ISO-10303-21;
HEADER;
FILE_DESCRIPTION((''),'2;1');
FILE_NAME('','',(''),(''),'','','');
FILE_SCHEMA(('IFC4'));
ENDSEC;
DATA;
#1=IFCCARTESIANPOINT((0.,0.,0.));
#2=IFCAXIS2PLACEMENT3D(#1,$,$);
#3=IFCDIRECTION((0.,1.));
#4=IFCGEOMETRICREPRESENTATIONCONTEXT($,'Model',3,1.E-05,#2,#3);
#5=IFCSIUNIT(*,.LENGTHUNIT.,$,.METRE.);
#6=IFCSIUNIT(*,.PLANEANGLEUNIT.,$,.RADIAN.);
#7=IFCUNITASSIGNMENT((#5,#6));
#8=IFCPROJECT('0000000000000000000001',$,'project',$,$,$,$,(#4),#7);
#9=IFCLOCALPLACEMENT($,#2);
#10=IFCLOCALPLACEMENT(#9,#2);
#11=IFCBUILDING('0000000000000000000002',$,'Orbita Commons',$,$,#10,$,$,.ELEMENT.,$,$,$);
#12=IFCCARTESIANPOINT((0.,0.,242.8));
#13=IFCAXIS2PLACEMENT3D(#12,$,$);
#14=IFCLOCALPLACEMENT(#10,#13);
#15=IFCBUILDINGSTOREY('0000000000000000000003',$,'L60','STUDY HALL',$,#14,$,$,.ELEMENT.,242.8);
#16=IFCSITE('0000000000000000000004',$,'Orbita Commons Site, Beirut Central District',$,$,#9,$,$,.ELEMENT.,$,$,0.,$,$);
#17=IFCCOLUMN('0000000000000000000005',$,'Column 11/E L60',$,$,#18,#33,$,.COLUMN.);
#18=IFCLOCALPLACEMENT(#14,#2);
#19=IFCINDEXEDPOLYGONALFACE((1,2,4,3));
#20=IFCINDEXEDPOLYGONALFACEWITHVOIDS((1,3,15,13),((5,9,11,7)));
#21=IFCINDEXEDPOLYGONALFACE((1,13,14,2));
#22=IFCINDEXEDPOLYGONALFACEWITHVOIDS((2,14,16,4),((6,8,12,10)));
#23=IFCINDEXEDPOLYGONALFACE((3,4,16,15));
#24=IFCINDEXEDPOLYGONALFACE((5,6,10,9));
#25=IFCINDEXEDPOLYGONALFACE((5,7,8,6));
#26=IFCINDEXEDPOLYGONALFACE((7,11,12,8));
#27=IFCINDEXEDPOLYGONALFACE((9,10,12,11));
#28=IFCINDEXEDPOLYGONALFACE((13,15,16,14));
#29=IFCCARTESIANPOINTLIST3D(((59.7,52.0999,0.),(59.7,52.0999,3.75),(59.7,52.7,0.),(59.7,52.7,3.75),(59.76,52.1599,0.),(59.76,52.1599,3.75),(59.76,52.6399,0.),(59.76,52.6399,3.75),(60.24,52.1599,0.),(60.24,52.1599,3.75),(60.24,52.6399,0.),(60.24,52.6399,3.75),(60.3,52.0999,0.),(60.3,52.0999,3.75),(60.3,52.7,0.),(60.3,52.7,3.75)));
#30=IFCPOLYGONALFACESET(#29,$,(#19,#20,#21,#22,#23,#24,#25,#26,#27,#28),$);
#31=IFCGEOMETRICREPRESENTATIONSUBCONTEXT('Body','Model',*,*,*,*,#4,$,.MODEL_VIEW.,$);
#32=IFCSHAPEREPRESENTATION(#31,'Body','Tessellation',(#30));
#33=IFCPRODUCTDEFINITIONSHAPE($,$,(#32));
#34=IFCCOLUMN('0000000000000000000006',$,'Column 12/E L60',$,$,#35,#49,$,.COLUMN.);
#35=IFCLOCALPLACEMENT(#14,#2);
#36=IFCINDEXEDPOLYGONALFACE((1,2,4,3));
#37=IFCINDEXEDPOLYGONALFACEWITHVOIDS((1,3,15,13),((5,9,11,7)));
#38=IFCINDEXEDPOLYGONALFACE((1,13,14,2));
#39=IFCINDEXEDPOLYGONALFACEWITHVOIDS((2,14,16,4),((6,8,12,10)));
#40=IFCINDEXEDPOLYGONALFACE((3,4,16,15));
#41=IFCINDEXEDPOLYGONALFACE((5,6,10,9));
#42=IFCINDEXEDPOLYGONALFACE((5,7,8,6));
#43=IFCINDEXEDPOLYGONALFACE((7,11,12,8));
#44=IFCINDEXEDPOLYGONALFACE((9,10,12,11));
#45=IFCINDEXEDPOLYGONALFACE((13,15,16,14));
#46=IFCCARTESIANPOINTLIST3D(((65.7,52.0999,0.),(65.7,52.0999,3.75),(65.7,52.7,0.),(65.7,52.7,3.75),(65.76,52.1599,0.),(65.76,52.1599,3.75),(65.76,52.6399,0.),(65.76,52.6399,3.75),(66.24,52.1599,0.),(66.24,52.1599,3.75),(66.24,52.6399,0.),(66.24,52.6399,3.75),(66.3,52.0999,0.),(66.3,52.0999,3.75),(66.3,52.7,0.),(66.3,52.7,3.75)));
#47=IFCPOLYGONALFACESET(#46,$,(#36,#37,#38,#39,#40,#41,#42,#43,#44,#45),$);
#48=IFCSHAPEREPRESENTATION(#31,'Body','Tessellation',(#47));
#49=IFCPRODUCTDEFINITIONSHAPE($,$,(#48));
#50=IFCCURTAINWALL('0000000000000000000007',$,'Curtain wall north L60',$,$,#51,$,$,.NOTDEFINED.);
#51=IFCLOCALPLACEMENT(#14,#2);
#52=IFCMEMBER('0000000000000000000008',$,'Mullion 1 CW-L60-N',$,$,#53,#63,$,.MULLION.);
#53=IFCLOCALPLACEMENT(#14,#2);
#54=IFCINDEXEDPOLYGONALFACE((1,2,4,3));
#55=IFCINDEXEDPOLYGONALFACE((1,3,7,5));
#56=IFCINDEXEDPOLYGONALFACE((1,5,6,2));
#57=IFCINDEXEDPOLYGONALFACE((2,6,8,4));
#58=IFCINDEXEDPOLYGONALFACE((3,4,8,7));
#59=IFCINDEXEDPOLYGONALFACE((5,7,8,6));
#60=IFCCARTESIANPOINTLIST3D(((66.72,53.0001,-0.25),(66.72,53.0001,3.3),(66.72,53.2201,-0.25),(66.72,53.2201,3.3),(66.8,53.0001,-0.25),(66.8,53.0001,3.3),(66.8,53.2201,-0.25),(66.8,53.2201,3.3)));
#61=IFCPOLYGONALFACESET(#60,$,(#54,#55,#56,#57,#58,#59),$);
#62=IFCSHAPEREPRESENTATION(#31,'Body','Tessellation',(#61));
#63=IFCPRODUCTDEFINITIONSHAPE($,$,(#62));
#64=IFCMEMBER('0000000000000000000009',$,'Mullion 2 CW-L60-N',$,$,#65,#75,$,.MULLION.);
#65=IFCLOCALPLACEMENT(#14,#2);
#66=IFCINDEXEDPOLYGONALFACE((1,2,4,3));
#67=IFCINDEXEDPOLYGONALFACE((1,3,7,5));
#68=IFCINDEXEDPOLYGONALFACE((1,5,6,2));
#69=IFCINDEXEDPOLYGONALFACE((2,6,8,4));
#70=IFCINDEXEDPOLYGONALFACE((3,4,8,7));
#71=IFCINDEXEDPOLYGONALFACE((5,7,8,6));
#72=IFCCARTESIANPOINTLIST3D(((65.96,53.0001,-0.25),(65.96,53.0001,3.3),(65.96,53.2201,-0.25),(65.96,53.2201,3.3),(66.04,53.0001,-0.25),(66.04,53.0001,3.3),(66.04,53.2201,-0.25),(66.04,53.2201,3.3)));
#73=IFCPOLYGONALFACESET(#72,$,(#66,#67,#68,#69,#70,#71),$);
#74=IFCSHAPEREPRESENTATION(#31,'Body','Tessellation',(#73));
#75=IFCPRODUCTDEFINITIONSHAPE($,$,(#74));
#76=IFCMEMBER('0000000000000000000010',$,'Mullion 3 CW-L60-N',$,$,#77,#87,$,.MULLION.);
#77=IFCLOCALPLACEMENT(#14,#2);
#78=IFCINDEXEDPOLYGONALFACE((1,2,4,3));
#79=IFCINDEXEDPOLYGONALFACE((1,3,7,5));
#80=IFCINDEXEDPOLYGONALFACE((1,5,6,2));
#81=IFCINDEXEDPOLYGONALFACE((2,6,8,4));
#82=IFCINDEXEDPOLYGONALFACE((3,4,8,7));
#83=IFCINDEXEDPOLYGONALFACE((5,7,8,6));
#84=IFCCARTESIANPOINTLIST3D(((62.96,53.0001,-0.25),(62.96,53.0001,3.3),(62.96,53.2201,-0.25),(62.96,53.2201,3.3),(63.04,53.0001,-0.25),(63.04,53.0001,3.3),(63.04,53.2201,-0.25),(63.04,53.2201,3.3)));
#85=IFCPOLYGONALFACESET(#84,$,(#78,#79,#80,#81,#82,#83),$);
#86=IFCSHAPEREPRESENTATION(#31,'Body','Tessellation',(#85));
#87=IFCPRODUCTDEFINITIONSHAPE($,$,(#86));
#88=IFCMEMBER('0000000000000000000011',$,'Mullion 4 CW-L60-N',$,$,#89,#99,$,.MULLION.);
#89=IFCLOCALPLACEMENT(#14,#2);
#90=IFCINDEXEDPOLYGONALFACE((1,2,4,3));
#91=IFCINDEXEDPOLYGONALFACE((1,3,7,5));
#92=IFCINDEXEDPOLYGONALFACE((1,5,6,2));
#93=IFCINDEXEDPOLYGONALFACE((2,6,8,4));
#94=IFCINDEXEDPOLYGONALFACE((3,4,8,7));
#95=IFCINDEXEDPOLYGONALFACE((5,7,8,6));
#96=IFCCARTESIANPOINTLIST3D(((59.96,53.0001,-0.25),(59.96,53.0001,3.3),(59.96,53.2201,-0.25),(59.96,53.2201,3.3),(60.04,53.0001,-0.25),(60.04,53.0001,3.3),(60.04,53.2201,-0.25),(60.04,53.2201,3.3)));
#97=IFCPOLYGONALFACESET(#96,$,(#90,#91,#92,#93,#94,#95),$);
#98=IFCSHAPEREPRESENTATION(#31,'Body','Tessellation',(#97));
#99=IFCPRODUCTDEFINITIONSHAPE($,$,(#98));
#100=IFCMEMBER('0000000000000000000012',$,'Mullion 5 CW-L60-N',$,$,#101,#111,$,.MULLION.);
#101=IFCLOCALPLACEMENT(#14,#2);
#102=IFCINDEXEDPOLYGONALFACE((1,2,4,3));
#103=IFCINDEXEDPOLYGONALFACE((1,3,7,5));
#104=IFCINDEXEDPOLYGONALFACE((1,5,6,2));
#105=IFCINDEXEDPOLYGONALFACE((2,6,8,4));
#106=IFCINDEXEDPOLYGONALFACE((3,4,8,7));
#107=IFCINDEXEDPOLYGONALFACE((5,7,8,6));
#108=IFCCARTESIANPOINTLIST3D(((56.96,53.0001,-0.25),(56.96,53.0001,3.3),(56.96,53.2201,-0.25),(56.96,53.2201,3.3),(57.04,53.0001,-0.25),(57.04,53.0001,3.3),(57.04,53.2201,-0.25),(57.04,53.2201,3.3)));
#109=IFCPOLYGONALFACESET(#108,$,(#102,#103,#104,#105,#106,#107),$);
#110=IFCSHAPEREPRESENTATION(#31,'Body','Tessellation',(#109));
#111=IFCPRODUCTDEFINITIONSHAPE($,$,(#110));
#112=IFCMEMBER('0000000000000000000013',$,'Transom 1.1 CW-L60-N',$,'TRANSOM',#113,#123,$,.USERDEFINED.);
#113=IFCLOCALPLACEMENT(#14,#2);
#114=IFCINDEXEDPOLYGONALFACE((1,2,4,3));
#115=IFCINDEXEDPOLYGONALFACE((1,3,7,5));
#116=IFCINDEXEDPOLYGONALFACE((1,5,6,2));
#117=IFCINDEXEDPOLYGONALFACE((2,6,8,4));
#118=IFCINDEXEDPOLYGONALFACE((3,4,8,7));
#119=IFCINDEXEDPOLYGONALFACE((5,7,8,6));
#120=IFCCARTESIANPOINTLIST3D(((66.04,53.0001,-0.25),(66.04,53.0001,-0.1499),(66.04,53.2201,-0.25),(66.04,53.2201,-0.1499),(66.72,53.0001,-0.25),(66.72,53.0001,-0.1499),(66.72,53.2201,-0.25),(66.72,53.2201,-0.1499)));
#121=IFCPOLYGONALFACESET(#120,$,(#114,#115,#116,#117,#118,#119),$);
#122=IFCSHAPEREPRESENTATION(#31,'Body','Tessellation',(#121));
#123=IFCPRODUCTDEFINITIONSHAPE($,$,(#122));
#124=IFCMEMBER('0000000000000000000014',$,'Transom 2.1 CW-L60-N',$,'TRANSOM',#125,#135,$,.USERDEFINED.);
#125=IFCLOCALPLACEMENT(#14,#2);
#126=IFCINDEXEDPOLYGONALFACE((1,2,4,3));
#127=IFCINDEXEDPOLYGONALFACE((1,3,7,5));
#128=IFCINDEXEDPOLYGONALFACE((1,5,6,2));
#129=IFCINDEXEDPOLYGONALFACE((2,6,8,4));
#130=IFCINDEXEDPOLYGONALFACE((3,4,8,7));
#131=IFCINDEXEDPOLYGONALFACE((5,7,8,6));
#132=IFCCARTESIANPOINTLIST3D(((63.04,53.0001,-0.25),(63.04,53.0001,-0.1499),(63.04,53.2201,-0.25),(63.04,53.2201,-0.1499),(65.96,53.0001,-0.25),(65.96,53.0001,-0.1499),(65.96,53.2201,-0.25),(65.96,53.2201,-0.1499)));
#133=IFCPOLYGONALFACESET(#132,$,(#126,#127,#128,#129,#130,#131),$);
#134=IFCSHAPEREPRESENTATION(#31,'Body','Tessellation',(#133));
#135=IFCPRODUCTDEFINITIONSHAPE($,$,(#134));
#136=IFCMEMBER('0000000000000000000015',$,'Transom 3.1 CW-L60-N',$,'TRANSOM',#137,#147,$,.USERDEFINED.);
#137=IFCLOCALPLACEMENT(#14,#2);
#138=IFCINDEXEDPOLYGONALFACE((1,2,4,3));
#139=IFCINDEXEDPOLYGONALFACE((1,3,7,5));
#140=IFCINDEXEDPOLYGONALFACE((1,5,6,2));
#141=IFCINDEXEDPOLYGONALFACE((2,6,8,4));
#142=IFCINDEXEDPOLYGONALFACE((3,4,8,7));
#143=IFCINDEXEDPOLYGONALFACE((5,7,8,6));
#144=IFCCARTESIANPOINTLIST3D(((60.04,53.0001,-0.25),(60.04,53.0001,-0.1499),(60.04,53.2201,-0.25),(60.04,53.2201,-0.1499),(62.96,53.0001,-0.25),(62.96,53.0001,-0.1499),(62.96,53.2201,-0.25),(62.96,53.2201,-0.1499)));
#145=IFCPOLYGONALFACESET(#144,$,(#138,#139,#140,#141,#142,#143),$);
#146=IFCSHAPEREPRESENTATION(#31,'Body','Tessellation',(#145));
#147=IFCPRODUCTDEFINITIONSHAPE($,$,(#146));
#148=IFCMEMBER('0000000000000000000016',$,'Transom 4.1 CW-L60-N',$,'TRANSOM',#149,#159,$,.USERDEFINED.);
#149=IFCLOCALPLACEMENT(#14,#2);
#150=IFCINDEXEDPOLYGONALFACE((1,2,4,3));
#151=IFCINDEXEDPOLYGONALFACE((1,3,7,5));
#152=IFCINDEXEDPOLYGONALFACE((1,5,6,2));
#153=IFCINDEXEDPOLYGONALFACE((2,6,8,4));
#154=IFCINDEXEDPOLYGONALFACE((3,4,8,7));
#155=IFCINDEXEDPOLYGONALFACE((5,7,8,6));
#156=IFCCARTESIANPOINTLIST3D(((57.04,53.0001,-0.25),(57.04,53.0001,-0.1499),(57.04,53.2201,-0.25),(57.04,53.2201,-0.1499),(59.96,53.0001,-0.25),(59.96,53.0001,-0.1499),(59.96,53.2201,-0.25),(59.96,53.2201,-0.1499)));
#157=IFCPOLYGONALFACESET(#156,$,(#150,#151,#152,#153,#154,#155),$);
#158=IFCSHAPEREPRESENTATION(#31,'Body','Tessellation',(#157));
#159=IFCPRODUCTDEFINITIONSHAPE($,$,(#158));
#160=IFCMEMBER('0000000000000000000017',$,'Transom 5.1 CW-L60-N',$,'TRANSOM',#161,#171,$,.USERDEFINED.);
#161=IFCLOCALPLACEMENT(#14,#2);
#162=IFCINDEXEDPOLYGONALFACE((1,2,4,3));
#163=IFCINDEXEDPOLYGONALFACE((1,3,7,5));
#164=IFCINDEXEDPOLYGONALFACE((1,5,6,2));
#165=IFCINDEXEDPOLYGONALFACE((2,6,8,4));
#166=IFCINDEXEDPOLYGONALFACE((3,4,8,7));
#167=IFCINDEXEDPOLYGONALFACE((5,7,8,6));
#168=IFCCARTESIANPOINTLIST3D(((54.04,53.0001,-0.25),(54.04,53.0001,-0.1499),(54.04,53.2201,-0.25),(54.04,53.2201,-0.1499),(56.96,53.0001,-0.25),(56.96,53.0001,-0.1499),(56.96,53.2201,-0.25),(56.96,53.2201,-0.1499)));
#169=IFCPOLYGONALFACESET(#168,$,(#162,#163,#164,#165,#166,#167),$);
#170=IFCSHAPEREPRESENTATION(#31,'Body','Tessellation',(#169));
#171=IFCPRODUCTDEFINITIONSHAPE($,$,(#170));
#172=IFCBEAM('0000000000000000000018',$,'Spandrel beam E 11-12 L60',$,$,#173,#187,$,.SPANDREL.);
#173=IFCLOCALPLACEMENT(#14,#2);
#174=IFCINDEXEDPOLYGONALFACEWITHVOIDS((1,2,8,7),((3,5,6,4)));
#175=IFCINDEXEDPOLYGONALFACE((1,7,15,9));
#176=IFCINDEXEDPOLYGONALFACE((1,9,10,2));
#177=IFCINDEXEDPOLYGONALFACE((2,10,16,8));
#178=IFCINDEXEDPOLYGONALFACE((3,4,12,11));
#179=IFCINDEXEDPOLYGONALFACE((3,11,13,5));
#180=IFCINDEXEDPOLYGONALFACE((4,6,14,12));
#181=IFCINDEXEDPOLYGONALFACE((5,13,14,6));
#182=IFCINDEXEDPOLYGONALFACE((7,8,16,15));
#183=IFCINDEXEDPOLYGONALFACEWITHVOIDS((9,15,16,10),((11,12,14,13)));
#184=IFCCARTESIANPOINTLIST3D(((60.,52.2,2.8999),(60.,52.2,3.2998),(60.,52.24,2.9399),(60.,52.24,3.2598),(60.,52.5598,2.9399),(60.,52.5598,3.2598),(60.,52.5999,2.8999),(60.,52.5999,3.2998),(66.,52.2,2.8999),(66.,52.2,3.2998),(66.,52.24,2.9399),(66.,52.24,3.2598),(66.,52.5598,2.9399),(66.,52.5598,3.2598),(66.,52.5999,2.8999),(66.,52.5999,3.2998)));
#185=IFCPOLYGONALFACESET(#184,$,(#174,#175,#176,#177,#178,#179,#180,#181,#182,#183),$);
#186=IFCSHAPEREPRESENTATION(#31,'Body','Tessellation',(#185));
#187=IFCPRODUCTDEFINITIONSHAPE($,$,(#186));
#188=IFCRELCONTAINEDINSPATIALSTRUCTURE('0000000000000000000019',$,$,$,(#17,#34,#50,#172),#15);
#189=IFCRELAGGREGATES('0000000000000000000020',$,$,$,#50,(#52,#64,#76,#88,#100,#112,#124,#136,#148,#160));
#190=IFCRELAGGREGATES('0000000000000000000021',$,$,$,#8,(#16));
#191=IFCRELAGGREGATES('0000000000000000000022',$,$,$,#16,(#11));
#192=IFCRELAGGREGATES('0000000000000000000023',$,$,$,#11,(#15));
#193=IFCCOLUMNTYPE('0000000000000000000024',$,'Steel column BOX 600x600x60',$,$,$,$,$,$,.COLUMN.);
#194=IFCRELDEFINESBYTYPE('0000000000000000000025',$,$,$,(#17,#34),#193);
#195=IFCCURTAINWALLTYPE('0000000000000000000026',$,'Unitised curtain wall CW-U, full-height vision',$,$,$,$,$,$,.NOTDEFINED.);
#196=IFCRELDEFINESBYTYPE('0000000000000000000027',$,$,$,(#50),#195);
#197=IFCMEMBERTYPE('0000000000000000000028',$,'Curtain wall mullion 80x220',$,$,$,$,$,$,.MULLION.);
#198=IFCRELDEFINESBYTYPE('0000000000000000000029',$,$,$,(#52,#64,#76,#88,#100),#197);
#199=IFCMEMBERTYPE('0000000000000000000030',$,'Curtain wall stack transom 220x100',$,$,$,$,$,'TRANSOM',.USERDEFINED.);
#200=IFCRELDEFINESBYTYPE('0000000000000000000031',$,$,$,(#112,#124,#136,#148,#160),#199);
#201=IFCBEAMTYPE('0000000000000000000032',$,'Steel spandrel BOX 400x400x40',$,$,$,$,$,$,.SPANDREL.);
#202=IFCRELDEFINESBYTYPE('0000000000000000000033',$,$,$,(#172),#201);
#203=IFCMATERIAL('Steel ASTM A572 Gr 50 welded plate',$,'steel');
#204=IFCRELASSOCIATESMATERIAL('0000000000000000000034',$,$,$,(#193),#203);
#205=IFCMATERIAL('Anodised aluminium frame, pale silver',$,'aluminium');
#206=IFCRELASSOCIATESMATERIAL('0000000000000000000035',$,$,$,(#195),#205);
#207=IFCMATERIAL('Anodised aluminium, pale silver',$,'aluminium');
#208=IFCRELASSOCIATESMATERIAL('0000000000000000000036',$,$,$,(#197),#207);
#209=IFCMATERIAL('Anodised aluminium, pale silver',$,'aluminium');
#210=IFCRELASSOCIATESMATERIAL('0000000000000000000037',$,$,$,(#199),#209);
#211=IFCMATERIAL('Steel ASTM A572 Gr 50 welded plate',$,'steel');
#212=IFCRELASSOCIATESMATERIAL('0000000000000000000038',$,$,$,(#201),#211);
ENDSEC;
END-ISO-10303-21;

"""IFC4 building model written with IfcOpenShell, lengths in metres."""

from ifc_helpers import new_model, si_unit, direction, frame, origin, origin_2d, place, context, subcontext, project, spatial, rectangle, hollow_rectangle, extrude, material, material_profile, profile_set, type_object, element, aggregate, save


model = new_model("IFC4")

# Units and contexts
model_context = context("Model", 3, precision=1e-05, world=origin(), true_north=direction((0.0, 1.0)))
body_context = subcontext(model_context, "Body", "Model", "MODEL_VIEW")
ifc_project = project(units=[si_unit("LENGTHUNIT", "METRE"), si_unit("PLANEANGLEUNIT", "RADIAN")], contexts=[model_context])

# Site, building, storey
site_placement = place(None, origin())
site = spatial("IfcSite", under=ifc_project, at=site_placement, Name="Orbita Commons Site, Beirut Central District", CompositionType="ELEMENT", RefElevation=0.0)
building_placement = place(site_placement, origin())
building = spatial("IfcBuilding", under=site, at=building_placement, Name="Orbita Commons", CompositionType="ELEMENT")
storey_placement = place(building_placement, frame((0.0, 0.0, 242.8)))
storey = spatial("IfcBuildingStorey", under=building, at=storey_placement, Name="L60", Description="STUDY HALL", CompositionType="ELEMENT", Elevation=242.8)

# Columns
ifc_material_1 = material(Name="Steel ASTM A572 Gr 50 welded plate", Category="steel")
ifc_material_profile_1 = material_profile(ifc_material_1, hollow_rectangle(XDim=0.6001, YDim=0.6001, WallThickness=0.0601, at=origin_2d()), Name="BOX 600x600x60")
ifc_profile_set_1 = profile_set([ifc_material_profile_1], Name="Steel ASTM A572 Gr 50 welded plate")
column_type = type_object("IfcColumnType", Name="Steel column BOX 600x600x60", PredefinedType="COLUMN", material=ifc_profile_set_1)
for number, where, z_axis, x_axis, name in (
    (1, (60.0, 52.3999, 0.0), (0.0, 0.0, 1.0), (1.0, 0.0, 0.0), "Column 11/E L60"),
    (2, (66.0, 52.3999, 0.0), (0.0, 0.0, 1.0), (1.0, 0.0, 0.0), "Column 12/E L60"),
):
    element("IfcColumn", number, at=place(storey_placement, frame(where, z_axis=z_axis, x_axis=x_axis)), inside=storey, type_object=column_type, Name=name, PredefinedType="COLUMN", context=body_context, shape_type="SweptSolid", body=[
        extrude(hollow_rectangle(XDim=0.6001, YDim=0.6001, WallThickness=0.0601, at=origin_2d()), origin(), (0.0, 0.0, 1.0), 3.75),
    ])

# Curtain wall, members
ifc_material_2 = material(Name="Anodised aluminium frame, pale silver", Category="aluminium")
curtain_wall_type = type_object("IfcCurtainWallType", Name="Unitised curtain wall CW-U, full-height vision", PredefinedType="NOTDEFINED", material=ifc_material_2)
curtain_wall_placement = place(storey_placement, origin())
curtain_wall = element("IfcCurtainWall", 3, at=curtain_wall_placement, inside=storey, type_object=curtain_wall_type, Name="Curtain wall north L60", PredefinedType="NOTDEFINED")
ifc_material_3 = material(Name="Anodised aluminium, pale silver", Category="aluminium")
ifc_material_profile_2 = material_profile(ifc_material_3, rectangle(XDim=0.0801, YDim=0.22, at=origin_2d()), Name="AL 80x220")
ifc_profile_set_2 = profile_set([ifc_material_profile_2], Name="Anodised aluminium, pale silver")
member_type_1 = type_object("IfcMemberType", Name="Curtain wall mullion 80x220", PredefinedType="MULLION", material=ifc_profile_set_2)
member_1_placement = place(storey_placement, frame((66.76, 53.1101, -0.25), z_axis=(0.0, 0.0, 1.0), x_axis=(-1.0, 0.0, 0.0)))
member_1 = element("IfcMember", 4, at=member_1_placement, type_object=member_type_1, Name="Mullion 1 CW-L60-N", PredefinedType="MULLION", context=body_context, shape_type="SweptSolid", body=[
    extrude(rectangle(XDim=0.0801, YDim=0.22, at=origin_2d()), origin(), (0.0, 0.0, 1.0), 3.55),
])
member_2_placement = place(storey_placement, frame((66.0, 53.1101, -0.25), z_axis=(0.0, 0.0, 1.0), x_axis=(-1.0, 0.0, 0.0)))
member_2 = element("IfcMember", 5, at=member_2_placement, type_object=member_type_1, Name="Mullion 2 CW-L60-N", PredefinedType="MULLION", context=body_context, shape_type="SweptSolid", body=[
    extrude(rectangle(XDim=0.0801, YDim=0.22, at=origin_2d()), origin(), (0.0, 0.0, 1.0), 3.55),
])
member_3_placement = place(storey_placement, frame((63.0, 53.1101, -0.25), z_axis=(0.0, 0.0, 1.0), x_axis=(-1.0, 0.0, 0.0)))
member_3 = element("IfcMember", 6, at=member_3_placement, type_object=member_type_1, Name="Mullion 3 CW-L60-N", PredefinedType="MULLION", context=body_context, shape_type="SweptSolid", body=[
    extrude(rectangle(XDim=0.0801, YDim=0.22, at=origin_2d()), origin(), (0.0, 0.0, 1.0), 3.55),
])
member_4_placement = place(storey_placement, frame((60.0, 53.1101, -0.25), z_axis=(0.0, 0.0, 1.0), x_axis=(-1.0, 0.0, 0.0)))
member_4 = element("IfcMember", 7, at=member_4_placement, type_object=member_type_1, Name="Mullion 4 CW-L60-N", PredefinedType="MULLION", context=body_context, shape_type="SweptSolid", body=[
    extrude(rectangle(XDim=0.0801, YDim=0.22, at=origin_2d()), origin(), (0.0, 0.0, 1.0), 3.55),
])
member_5_placement = place(storey_placement, frame((57.0, 53.1101, -0.25), z_axis=(0.0, 0.0, 1.0), x_axis=(-1.0, 0.0, 0.0)))
member_5 = element("IfcMember", 8, at=member_5_placement, type_object=member_type_1, Name="Mullion 5 CW-L60-N", PredefinedType="MULLION", context=body_context, shape_type="SweptSolid", body=[
    extrude(rectangle(XDim=0.0801, YDim=0.22, at=origin_2d()), origin(), (0.0, 0.0, 1.0), 3.55),
])
ifc_material_4 = material(Name="Anodised aluminium, pale silver", Category="aluminium")
ifc_material_profile_3 = material_profile(ifc_material_4, rectangle(XDim=0.22, YDim=0.1001, at=origin_2d()), Name="AL 220x100")
ifc_profile_set_3 = profile_set([ifc_material_profile_3], Name="Anodised aluminium, pale silver")
member_type_2 = type_object("IfcMemberType", Name="Curtain wall stack transom 220x100", ElementType="TRANSOM", PredefinedType="USERDEFINED", material=ifc_profile_set_3)
member_6_placement = place(storey_placement, frame((66.72, 53.1101, -0.2), z_axis=(-1.0, 0.0, 0.0), x_axis=(0.0, -1.0, 0.0)))
member_6 = element("IfcMember", 9, at=member_6_placement, type_object=member_type_2, Name="Transom 1.1 CW-L60-N", ObjectType="TRANSOM", PredefinedType="USERDEFINED", context=body_context, shape_type="SweptSolid", body=[
    extrude(rectangle(XDim=0.22, YDim=0.1001, at=origin_2d()), origin(), (0.0, 0.0, 1.0), 0.6799),
])
member_7_placement = place(storey_placement, frame((65.96, 53.1101, -0.2), z_axis=(-1.0, 0.0, 0.0), x_axis=(0.0, -1.0, 0.0)))
member_7 = element("IfcMember", 10, at=member_7_placement, type_object=member_type_2, Name="Transom 2.1 CW-L60-N", ObjectType="TRANSOM", PredefinedType="USERDEFINED", context=body_context, shape_type="SweptSolid", body=[
    extrude(rectangle(XDim=0.22, YDim=0.1001, at=origin_2d()), origin(), (0.0, 0.0, 1.0), 2.9199),
])
member_8_placement = place(storey_placement, frame((62.96, 53.1101, -0.2), z_axis=(-1.0, 0.0, 0.0), x_axis=(0.0, -1.0, 0.0)))
member_8 = element("IfcMember", 11, at=member_8_placement, type_object=member_type_2, Name="Transom 3.1 CW-L60-N", ObjectType="TRANSOM", PredefinedType="USERDEFINED", context=body_context, shape_type="SweptSolid", body=[
    extrude(rectangle(XDim=0.22, YDim=0.1001, at=origin_2d()), origin(), (0.0, 0.0, 1.0), 2.9199),
])
member_9_placement = place(storey_placement, frame((59.96, 53.1101, -0.2), z_axis=(-1.0, 0.0, 0.0), x_axis=(0.0, -1.0, 0.0)))
member_9 = element("IfcMember", 12, at=member_9_placement, type_object=member_type_2, Name="Transom 4.1 CW-L60-N", ObjectType="TRANSOM", PredefinedType="USERDEFINED", context=body_context, shape_type="SweptSolid", body=[
    extrude(rectangle(XDim=0.22, YDim=0.1001, at=origin_2d()), origin(), (0.0, 0.0, 1.0), 2.9199),
])
member_10_placement = place(storey_placement, frame((56.96, 53.1101, -0.2), z_axis=(-1.0, 0.0, 0.0), x_axis=(0.0, -1.0, 0.0)))
member_10 = element("IfcMember", 13, at=member_10_placement, type_object=member_type_2, Name="Transom 5.1 CW-L60-N", ObjectType="TRANSOM", PredefinedType="USERDEFINED", context=body_context, shape_type="SweptSolid", body=[
    extrude(rectangle(XDim=0.22, YDim=0.1001, at=origin_2d()), origin(), (0.0, 0.0, 1.0), 2.9199),
])

# Beam
ifc_material_5 = material(Name="Steel ASTM A572 Gr 50 welded plate", Category="steel")
ifc_material_profile_4 = material_profile(ifc_material_5, hollow_rectangle(XDim=0.3999, YDim=0.3999, WallThickness=0.04, at=origin_2d()), Name="BOX 400x400x40")
ifc_profile_set_4 = profile_set([ifc_material_profile_4], Name="Steel ASTM A572 Gr 50 welded plate")
beam_type = type_object("IfcBeamType", Name="Steel spandrel BOX 400x400x40", PredefinedType="SPANDREL", material=ifc_profile_set_4)
beam_placement = place(storey_placement, frame((60.0, 52.3999, 3.0999), z_axis=(1.0, 0.0, 0.0), x_axis=(0.0, 1.0, 0.0)))
element("IfcBeam", 14, at=beam_placement, inside=storey, type_object=beam_type, Name="Spandrel beam E 11-12 L60", PredefinedType="SPANDREL", context=body_context, shape_type="SweptSolid", body=[
    extrude(hollow_rectangle(XDim=0.3999, YDim=0.3999, WallThickness=0.04, at=origin_2d()), origin(), (0.0, 0.0, 1.0), 6.0),
])

aggregate(curtain_wall, [member_1, member_2, member_3, member_4, member_5, member_6, member_7, member_8, member_9, member_10])

save(model, "model.ifc")
